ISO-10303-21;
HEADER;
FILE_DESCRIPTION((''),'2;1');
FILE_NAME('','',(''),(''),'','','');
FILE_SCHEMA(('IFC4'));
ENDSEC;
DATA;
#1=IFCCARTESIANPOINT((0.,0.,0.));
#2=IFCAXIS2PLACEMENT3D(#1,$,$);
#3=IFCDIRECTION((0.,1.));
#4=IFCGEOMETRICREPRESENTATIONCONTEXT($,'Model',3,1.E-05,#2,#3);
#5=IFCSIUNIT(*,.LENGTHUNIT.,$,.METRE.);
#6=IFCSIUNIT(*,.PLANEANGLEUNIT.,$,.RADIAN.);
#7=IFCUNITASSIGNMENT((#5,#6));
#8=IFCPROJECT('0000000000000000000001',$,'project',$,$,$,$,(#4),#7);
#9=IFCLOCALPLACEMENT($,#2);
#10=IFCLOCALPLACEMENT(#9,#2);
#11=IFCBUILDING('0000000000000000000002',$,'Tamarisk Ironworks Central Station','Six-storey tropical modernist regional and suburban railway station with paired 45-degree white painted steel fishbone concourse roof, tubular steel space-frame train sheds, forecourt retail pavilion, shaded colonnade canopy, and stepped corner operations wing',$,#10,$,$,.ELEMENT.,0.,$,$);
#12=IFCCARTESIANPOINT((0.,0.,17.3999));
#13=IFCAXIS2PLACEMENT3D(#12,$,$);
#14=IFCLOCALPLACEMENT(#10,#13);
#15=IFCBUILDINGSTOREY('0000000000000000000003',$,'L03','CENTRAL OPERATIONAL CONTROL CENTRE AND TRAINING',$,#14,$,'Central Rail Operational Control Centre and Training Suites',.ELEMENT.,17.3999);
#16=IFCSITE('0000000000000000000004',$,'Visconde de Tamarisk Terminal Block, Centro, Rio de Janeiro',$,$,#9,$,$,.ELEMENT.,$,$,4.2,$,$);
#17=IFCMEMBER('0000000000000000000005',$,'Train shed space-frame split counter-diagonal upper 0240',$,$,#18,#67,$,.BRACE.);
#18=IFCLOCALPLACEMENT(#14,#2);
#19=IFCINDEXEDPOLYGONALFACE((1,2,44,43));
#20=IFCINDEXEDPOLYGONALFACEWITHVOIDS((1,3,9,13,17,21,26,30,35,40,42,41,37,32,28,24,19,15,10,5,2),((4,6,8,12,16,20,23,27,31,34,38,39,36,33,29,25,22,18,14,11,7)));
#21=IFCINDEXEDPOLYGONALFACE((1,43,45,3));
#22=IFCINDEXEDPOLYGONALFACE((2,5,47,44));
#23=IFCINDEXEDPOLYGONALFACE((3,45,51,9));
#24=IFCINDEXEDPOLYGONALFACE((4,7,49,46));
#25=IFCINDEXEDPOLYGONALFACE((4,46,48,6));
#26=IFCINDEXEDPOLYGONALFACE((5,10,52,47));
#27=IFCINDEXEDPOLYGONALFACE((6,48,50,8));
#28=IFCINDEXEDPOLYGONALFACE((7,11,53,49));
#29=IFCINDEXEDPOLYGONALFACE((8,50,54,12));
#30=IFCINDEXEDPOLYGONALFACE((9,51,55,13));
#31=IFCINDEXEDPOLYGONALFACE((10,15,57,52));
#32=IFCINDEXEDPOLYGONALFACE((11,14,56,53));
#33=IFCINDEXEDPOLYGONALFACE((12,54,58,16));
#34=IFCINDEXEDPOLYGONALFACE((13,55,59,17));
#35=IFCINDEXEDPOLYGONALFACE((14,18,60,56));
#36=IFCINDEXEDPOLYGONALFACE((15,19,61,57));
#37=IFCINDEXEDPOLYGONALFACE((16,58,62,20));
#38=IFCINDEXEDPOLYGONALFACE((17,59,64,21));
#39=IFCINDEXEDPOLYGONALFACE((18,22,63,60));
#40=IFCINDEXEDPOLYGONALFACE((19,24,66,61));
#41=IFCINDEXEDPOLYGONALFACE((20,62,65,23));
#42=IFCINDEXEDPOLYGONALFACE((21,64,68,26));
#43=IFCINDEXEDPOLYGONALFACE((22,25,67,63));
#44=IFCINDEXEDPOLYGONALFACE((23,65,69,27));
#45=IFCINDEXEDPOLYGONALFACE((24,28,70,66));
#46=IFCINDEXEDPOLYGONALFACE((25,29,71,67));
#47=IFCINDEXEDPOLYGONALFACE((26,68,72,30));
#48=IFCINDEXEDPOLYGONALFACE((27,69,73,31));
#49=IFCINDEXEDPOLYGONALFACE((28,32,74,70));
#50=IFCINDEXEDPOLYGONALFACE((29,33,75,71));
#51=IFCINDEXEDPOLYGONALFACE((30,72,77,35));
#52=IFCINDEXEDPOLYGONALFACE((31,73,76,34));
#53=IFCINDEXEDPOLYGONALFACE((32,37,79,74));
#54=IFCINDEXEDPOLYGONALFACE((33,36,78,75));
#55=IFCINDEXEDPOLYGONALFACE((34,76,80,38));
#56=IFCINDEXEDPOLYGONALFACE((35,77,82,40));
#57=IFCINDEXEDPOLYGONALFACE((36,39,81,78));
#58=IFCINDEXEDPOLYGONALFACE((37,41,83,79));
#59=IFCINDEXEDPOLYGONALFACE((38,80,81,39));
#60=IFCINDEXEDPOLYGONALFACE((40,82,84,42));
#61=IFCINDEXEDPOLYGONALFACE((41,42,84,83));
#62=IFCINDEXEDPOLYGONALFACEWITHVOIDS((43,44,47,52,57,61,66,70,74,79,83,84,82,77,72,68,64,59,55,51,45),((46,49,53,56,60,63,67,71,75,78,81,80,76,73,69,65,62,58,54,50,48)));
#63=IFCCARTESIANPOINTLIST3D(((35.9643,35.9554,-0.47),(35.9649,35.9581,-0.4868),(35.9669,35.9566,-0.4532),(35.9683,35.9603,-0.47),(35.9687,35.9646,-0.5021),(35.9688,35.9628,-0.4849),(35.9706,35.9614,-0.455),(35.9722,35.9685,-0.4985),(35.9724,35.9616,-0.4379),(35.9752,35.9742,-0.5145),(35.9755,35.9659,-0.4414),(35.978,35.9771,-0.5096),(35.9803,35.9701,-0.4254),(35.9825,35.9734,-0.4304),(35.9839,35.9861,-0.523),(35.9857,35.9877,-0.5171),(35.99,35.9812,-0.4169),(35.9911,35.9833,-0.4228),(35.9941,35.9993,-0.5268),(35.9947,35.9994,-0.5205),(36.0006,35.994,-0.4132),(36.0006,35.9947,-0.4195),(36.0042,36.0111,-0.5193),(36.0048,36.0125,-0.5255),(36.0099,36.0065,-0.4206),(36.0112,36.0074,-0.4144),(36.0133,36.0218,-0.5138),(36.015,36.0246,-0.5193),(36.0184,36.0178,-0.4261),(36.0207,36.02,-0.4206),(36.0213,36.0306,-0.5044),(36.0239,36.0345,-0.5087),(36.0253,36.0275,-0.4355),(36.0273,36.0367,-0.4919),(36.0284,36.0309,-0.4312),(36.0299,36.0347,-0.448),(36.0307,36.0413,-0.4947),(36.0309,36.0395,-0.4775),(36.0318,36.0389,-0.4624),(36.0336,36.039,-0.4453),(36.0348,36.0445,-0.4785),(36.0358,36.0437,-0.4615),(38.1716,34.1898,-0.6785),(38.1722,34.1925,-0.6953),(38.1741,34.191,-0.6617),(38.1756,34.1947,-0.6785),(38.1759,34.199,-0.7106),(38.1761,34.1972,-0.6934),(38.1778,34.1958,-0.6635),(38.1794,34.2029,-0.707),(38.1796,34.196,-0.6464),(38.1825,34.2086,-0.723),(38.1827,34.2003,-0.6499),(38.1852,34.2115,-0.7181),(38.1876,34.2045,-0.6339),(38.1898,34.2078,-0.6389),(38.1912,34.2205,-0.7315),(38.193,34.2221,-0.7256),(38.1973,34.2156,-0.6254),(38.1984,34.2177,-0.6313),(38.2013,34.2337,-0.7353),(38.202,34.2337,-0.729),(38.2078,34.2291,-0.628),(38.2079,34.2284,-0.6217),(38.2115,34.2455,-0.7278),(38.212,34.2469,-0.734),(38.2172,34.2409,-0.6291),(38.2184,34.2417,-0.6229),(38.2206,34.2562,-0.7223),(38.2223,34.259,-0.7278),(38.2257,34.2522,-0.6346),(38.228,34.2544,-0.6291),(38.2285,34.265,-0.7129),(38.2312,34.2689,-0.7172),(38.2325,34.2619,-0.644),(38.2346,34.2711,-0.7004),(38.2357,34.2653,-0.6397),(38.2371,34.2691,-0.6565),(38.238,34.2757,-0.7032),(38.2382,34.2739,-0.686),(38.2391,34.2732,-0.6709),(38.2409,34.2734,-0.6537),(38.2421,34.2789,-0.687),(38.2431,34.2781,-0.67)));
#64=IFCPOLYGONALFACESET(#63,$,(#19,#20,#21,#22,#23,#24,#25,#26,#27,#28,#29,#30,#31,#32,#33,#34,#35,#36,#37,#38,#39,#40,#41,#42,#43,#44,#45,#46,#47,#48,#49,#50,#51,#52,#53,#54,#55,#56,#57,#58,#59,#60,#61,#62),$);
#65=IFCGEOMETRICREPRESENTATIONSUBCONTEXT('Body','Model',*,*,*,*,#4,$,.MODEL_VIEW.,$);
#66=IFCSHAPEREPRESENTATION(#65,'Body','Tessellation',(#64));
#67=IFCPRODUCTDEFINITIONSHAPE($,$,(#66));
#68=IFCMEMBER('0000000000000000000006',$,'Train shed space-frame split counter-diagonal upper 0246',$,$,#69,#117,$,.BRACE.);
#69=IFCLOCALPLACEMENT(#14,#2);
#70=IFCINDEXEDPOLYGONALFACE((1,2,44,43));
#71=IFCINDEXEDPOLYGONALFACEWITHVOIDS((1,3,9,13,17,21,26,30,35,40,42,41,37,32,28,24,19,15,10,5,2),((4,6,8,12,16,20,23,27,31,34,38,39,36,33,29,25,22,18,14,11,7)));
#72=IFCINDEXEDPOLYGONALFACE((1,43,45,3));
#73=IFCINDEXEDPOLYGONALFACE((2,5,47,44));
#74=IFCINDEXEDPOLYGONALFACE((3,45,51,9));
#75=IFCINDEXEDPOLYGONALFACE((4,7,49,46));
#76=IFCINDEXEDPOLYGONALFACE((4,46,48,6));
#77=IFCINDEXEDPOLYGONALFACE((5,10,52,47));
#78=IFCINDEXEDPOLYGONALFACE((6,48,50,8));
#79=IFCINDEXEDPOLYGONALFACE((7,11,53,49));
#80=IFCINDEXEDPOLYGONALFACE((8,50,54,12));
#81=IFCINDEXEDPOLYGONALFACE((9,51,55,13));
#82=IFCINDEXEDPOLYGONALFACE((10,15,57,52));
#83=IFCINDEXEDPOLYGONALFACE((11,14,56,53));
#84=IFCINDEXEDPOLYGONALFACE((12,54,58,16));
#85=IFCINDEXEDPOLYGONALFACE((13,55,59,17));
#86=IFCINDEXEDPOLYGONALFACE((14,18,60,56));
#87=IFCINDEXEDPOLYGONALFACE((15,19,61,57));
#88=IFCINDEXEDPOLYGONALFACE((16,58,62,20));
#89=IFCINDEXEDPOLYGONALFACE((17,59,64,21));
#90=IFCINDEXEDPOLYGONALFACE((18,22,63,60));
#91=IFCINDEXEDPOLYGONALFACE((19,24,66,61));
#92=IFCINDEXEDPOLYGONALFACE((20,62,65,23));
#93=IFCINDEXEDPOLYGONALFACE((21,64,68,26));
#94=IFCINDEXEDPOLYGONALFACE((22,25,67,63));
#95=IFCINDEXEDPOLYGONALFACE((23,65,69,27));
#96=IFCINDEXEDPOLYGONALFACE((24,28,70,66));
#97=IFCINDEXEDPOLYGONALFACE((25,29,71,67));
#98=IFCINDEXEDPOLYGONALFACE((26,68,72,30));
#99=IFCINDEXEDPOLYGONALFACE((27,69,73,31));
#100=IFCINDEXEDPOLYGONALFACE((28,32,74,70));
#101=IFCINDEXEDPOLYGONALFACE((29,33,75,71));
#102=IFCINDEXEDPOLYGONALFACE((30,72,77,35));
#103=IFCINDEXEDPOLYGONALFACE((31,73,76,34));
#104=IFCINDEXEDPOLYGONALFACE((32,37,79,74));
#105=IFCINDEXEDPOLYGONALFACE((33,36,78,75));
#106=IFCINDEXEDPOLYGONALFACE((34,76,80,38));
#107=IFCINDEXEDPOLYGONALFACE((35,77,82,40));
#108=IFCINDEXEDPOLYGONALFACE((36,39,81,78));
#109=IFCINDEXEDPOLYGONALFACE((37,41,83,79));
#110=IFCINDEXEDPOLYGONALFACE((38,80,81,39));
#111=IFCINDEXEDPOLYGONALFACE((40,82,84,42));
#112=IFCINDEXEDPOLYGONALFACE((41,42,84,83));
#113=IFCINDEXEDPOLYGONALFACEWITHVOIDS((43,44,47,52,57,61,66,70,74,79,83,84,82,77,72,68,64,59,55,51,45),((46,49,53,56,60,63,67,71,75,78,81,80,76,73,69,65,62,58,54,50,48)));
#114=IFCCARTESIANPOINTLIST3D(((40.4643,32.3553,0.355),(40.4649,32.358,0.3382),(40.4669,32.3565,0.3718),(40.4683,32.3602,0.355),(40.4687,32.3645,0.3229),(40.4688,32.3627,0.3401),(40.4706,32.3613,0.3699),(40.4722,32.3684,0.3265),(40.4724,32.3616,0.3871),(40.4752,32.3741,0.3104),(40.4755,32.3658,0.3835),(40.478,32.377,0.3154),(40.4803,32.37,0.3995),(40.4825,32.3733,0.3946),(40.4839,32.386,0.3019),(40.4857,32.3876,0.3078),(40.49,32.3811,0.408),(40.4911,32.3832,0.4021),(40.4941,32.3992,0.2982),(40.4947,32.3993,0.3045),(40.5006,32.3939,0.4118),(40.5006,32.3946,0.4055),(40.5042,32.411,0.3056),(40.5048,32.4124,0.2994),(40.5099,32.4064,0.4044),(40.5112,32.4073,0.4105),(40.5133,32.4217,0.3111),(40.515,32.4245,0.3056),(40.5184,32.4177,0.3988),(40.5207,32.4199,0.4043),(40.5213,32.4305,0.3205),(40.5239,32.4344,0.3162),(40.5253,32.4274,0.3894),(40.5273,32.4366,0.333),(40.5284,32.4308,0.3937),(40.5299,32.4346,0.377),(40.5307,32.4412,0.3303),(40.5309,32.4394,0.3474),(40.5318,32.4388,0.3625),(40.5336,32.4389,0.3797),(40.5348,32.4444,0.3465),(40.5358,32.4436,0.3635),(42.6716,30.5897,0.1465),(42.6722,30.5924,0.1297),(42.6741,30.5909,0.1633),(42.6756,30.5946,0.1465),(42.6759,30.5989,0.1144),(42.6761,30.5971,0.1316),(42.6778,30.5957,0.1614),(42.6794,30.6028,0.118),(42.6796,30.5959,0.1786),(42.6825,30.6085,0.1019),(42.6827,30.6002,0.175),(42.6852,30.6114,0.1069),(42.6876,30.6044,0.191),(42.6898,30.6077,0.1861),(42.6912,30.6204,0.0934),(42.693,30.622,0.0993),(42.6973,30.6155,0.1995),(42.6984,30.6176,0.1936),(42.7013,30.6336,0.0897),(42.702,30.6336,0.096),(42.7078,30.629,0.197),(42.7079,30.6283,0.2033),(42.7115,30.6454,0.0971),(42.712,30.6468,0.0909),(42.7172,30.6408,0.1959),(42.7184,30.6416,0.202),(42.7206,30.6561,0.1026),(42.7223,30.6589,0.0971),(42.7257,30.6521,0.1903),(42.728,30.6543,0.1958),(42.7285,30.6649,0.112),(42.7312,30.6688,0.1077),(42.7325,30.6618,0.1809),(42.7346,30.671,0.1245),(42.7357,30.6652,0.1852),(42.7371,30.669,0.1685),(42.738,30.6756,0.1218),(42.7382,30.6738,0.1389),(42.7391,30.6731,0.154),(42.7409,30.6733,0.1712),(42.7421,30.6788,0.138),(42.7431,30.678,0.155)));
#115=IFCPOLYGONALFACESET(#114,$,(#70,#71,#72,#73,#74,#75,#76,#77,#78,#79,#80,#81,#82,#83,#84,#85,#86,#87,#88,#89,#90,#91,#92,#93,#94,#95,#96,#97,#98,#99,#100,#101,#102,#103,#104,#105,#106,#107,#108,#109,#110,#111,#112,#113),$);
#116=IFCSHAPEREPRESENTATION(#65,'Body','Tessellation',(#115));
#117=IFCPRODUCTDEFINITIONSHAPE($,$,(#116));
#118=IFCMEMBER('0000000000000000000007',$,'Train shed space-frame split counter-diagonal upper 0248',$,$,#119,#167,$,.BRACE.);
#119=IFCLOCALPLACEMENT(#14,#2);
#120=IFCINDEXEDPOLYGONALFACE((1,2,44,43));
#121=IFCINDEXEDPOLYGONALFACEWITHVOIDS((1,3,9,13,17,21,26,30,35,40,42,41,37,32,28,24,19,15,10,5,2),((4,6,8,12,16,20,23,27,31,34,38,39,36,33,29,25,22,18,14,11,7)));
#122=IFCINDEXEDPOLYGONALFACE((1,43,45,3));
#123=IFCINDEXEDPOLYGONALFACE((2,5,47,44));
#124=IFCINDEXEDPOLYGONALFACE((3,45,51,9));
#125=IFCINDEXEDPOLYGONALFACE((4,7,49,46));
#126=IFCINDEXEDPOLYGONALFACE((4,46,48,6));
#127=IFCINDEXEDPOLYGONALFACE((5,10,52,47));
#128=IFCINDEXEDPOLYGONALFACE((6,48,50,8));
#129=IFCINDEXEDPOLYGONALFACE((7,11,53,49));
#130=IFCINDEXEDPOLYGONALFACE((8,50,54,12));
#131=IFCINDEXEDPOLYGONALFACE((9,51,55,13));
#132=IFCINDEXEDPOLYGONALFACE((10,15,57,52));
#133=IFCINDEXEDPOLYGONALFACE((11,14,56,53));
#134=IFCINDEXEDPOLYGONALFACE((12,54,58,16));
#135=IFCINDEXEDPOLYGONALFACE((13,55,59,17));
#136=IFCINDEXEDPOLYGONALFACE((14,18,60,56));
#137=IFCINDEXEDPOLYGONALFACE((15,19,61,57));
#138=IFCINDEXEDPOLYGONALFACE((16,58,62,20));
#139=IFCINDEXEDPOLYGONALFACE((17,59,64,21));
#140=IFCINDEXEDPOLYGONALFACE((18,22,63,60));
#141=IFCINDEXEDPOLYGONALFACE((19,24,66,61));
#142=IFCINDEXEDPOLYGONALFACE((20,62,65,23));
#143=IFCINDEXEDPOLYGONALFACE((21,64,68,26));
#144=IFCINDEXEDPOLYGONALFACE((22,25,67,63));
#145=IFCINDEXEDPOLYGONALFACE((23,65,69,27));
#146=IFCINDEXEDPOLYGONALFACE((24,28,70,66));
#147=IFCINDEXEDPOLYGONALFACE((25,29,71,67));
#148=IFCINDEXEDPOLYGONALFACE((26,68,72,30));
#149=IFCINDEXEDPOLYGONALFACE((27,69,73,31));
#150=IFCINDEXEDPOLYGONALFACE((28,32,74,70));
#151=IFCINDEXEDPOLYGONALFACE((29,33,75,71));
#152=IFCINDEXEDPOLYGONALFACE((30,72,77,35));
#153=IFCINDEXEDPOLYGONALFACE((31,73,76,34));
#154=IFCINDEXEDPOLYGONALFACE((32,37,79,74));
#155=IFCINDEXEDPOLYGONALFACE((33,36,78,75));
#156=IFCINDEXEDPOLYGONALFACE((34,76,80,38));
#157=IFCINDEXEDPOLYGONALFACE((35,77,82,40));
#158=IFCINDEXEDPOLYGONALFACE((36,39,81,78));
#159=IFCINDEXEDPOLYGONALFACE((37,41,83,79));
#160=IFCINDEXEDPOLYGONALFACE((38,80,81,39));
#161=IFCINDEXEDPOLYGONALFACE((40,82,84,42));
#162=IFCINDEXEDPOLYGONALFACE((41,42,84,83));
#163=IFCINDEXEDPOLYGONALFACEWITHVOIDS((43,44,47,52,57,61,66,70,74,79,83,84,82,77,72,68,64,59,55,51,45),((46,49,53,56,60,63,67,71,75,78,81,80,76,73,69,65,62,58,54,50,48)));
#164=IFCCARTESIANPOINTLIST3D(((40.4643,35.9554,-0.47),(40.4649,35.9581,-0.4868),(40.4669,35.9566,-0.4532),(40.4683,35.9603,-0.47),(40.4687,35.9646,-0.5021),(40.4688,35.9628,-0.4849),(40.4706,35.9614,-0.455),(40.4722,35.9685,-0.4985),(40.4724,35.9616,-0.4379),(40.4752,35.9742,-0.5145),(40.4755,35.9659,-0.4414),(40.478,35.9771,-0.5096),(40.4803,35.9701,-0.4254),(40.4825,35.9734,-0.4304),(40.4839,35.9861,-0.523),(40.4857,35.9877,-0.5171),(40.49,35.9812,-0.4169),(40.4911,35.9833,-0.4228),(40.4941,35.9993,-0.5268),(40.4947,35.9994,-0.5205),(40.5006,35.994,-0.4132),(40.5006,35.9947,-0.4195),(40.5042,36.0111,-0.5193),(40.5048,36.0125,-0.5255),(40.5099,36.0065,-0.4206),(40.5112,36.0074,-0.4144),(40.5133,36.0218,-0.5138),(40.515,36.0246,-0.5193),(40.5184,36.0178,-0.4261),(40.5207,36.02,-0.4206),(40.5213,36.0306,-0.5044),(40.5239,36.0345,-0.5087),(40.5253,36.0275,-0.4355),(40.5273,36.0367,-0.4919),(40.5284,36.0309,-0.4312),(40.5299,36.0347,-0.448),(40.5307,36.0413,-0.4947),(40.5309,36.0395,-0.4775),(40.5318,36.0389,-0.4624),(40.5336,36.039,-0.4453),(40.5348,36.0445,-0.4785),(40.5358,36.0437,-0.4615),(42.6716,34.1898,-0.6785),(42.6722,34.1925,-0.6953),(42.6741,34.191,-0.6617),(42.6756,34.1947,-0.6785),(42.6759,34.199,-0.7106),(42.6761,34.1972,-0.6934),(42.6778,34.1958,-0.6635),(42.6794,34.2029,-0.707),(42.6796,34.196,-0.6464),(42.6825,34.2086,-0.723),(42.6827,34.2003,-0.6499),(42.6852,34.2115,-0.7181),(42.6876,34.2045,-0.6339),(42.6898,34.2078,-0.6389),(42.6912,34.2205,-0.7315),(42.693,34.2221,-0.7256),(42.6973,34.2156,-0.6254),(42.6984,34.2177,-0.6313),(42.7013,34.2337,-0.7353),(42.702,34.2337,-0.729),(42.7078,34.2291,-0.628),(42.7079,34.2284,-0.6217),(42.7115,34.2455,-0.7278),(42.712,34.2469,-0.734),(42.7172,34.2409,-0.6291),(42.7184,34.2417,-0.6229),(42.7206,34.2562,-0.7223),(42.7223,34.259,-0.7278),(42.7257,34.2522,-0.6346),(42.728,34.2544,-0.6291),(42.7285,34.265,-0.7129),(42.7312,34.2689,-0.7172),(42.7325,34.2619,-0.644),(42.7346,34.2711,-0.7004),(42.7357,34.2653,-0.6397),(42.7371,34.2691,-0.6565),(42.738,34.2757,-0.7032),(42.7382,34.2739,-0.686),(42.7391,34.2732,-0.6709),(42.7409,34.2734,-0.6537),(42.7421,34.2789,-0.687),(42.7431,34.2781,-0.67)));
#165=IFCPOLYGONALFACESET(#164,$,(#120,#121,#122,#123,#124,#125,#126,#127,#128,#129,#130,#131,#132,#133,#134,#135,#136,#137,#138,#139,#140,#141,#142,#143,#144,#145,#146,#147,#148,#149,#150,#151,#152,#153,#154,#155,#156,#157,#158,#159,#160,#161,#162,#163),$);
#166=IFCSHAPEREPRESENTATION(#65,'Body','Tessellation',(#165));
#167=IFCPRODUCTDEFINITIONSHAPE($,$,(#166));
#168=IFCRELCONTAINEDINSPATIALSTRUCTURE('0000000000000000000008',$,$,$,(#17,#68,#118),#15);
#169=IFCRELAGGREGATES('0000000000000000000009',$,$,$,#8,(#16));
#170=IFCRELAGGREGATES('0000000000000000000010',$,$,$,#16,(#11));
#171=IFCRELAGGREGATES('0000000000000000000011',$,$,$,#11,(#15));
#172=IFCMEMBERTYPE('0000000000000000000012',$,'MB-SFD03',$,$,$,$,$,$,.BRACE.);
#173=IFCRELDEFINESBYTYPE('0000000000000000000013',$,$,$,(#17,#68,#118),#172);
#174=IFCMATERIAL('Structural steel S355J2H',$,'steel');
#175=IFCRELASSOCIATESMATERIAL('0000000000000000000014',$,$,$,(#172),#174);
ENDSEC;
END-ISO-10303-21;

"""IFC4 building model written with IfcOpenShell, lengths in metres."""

from ifc_helpers import new_model, si_unit, direction, frame, origin, origin_2d, place, context, subcontext, project, spatial, hollow_circle, extrude, material, material_profile, profile_set, type_object, element, save


model = new_model("IFC4")

# Units and contexts
model_context = context("Model", 3, precision=1e-05, world=origin(), true_north=direction((0.0, 1.0)))
body_context = subcontext(model_context, "Body", "Model", "MODEL_VIEW")
ifc_project = project(units=[si_unit("LENGTHUNIT", "METRE"), si_unit("PLANEANGLEUNIT", "RADIAN")], contexts=[model_context])

# Site, building, storey
site_placement = place(None, origin())
site = spatial("IfcSite", under=ifc_project, at=site_placement, Name="Visconde de Tamarisk Terminal Block, Centro, Rio de Janeiro", CompositionType="ELEMENT", RefElevation=4.2)
building_placement = place(site_placement, origin())
building = spatial("IfcBuilding", under=site, at=building_placement, Name="Tamarisk Ironworks Central Station", Description="Six-storey tropical modernist regional and suburban railway station with paired 45-degree white painted steel fishbone concourse roof, tubular steel space-frame train sheds, forecourt retail pavilion, shaded colonnade canopy, and stepped corner operations wing", CompositionType="ELEMENT", ElevationOfRefHeight=0.0)
storey_placement = place(building_placement, frame((0.0, 0.0, 17.3999)))
storey = spatial("IfcBuildingStorey", under=building, at=storey_placement, Name="L03", Description="CENTRAL OPERATIONAL CONTROL CENTRE AND TRAINING", LongName="Central Rail Operational Control Centre and Training Suites", CompositionType="ELEMENT", Elevation=17.3999)

# Members
ifc_material_1 = material(Name="Structural steel S355J2H", Category="steel")
ifc_material_profile_1 = material_profile(ifc_material_1, hollow_circle(Radius=0.0571, WallThickness=0.0063, at=origin_2d()), Name="CHS 114.3x6.3")
ifc_profile_set_1 = profile_set([ifc_material_profile_1], Name="Structural steel S355J2H")
member_type_1 = type_object("IfcMemberType", Name="MB-SFD03", PredefinedType="BRACE", material=ifc_profile_set_1)
for number, where, z_axis, x_axis, name in (
    (1, (38.2073, 34.2344, -0.6785), (-0.778787, 0.62296, 0.073563), (-0.624653, -0.780903, 0.0), "Train shed space-frame split counter-diagonal upper 0240"),
    (2, (42.7073, 30.6343, 0.1465), (-0.778787, 0.62296, 0.073563), (-0.624653, -0.780903, 0.0), "Train shed space-frame split counter-diagonal upper 0246"),
    (3, (42.7073, 34.2344, -0.6785), (-0.778787, 0.62296, 0.073563), (-0.624653, -0.780903, 0.0), "Train shed space-frame split counter-diagonal upper 0248"),
):
    element("IfcMember", number, at=place(storey_placement, frame(where, z_axis=z_axis, x_axis=x_axis)), inside=storey, type_object=member_type_1, Name=name, PredefinedType="BRACE", context=body_context, shape_type="SweptSolid", body=[
        extrude(hollow_circle(Radius=0.0571, WallThickness=0.0063, at=origin_2d()), origin(), (0.0, 0.0, 1.0), 2.8342),
    ])

save(model, "model.ifc")
